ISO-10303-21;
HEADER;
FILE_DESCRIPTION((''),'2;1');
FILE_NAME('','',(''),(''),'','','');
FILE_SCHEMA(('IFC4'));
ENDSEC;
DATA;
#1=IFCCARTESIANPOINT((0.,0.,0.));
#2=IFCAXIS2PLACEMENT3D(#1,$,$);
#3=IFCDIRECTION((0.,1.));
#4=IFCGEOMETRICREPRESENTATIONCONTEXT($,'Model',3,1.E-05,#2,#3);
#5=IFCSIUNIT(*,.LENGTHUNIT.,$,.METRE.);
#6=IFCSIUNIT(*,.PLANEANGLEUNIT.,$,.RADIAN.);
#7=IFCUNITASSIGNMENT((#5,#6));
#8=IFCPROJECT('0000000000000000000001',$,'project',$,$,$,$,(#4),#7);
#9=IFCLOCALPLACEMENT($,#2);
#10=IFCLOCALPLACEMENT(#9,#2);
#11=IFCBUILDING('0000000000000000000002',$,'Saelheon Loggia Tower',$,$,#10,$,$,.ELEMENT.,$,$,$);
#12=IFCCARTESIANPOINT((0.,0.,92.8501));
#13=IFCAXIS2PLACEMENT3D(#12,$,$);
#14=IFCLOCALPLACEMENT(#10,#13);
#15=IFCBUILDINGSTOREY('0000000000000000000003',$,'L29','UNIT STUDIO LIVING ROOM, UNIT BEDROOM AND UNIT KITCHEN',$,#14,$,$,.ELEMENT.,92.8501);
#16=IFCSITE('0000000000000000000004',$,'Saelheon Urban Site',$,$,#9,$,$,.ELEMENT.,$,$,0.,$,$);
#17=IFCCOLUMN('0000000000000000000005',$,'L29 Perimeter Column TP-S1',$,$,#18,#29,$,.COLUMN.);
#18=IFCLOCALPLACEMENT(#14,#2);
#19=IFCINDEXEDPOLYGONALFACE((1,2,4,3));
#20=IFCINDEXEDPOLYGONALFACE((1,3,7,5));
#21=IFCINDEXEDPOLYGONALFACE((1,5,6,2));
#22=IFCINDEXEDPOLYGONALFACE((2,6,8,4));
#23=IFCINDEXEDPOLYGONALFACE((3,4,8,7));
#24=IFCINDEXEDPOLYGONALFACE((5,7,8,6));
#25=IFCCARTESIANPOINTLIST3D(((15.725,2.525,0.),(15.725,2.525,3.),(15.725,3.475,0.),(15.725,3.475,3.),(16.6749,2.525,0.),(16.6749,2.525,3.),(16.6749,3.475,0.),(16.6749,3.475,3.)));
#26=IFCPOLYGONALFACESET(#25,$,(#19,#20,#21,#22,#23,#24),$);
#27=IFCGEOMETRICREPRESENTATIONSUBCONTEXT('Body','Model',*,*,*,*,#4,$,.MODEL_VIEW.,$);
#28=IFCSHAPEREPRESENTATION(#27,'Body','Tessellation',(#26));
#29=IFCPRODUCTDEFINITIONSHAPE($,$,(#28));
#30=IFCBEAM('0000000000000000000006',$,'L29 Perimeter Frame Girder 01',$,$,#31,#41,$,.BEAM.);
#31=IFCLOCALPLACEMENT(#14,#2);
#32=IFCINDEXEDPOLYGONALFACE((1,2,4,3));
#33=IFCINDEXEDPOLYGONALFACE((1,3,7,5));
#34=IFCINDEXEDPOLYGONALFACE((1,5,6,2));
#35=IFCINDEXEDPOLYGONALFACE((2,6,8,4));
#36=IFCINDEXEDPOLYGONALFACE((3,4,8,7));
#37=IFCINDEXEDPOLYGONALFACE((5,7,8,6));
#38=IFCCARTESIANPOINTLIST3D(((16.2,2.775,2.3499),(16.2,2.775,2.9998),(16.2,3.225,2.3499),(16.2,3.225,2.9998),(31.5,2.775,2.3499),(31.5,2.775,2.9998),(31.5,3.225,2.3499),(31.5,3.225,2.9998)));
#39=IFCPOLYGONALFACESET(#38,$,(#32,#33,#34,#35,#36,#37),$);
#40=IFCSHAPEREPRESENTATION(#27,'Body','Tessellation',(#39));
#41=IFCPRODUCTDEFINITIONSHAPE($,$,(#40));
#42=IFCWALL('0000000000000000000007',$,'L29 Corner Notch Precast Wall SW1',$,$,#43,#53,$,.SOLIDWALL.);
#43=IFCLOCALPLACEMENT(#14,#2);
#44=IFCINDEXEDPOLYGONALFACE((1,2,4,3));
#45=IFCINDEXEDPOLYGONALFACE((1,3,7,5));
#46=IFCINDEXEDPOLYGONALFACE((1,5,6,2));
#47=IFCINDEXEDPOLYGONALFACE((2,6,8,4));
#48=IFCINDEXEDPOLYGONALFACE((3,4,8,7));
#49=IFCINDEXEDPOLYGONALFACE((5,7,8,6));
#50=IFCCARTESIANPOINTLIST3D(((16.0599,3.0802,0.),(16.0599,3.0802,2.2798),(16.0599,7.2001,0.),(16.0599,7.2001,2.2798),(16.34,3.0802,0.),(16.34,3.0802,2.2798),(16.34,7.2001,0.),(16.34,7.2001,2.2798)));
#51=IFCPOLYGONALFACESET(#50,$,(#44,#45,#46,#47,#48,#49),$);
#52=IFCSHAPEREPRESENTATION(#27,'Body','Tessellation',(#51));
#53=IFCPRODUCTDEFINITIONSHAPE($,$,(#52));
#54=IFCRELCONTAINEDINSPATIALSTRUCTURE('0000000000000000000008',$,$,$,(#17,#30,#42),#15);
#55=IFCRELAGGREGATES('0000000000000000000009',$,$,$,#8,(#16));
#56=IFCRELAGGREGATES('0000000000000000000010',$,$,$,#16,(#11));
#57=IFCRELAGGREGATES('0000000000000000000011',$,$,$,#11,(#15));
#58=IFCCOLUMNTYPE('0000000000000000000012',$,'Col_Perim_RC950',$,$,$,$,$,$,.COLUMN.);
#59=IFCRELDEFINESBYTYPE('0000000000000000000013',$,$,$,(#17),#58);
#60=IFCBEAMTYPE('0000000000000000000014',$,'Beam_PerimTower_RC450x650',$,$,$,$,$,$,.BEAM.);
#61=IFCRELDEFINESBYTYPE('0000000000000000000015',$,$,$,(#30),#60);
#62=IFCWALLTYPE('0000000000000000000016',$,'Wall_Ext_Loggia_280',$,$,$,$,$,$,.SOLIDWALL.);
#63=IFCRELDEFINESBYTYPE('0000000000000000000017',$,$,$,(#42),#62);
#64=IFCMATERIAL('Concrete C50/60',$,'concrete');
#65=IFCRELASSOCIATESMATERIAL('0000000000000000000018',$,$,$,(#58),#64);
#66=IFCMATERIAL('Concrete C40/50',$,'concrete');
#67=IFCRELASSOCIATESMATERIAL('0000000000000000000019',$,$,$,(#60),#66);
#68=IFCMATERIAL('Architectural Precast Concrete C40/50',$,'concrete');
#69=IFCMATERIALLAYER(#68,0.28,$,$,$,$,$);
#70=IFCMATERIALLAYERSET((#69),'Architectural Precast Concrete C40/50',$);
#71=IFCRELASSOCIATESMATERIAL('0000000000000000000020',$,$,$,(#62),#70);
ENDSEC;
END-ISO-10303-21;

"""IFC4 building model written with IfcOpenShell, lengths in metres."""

from ifc_helpers import new_model, si_unit, direction, frame, frame_2d, origin, origin_2d, place, context, subcontext, project, spatial, rectangle, extrude, source, transform, mapped, material, layer, layer_set, material_profile, profile_set, type_object, element, save


model = new_model("IFC4")

# Units and contexts
model_context = context("Model", 3, precision=1e-05, world=origin(), true_north=direction((0.0, 1.0)))
body_context = subcontext(model_context, "Body", "Model", "MODEL_VIEW")
ifc_project = project(units=[si_unit("LENGTHUNIT", "METRE"), si_unit("PLANEANGLEUNIT", "RADIAN")], contexts=[model_context])

# Site, building, storey
site_placement = place(None, origin())
site = spatial("IfcSite", under=ifc_project, at=site_placement, Name="Saelheon Urban Site", CompositionType="ELEMENT", RefElevation=0.0)
building_placement = place(site_placement, origin())
building = spatial("IfcBuilding", under=site, at=building_placement, Name="Saelheon Loggia Tower", CompositionType="ELEMENT")
storey_placement = place(building_placement, frame((0.0, 0.0, 92.8501)))
storey = spatial("IfcBuildingStorey", under=building, at=storey_placement, Name="L29", Description="UNIT STUDIO LIVING ROOM, UNIT BEDROOM AND UNIT KITCHEN", CompositionType="ELEMENT", Elevation=92.8501)

# Column
ifc_material_1 = material(Name="Concrete C50/60", Category="concrete")
ifc_material_profile_1 = material_profile(ifc_material_1, rectangle(XDim=0.95, YDim=0.95, at=origin_2d()), Name="RC-950x950")
ifc_profile_set_1 = profile_set([ifc_material_profile_1], Name="Concrete C50/60")
column_type = type_object("IfcColumnType", Name="Col_Perim_RC950", PredefinedType="COLUMN", material=ifc_profile_set_1)
shared_shape_1 = source(origin(), body_context, "Body", "SweptSolid", [
    extrude(rectangle(XDim=0.95, YDim=0.95, at=origin_2d()), origin(), (0.0, 0.0, 1.0), 3.0),
])
column_placement = place(storey_placement, frame((16.2, 3.0, 0.0), z_axis=(0.0, 0.0, 1.0), x_axis=(1.0, 0.0, 0.0)))
element("IfcColumn", 1, at=column_placement, inside=storey, type_object=column_type, Name="L29 Perimeter Column TP-S1", PredefinedType="COLUMN", context=body_context, shape_type="MappedRepresentation", body=[
    mapped(shared_shape_1, transform((0.0, 0.0, 0.0), scale=1.0)),
])

# Beam
ifc_material_2 = material(Name="Concrete C40/50", Category="concrete")
ifc_material_profile_2 = material_profile(ifc_material_2, rectangle(XDim=0.45, YDim=0.6499, at=origin_2d()), Name="RC-450x650")
ifc_profile_set_2 = profile_set([ifc_material_profile_2], Name="Concrete C40/50")
beam_type = type_object("IfcBeamType", Name="Beam_PerimTower_RC450x650", PredefinedType="BEAM", material=ifc_profile_set_2)
shared_shape_2 = source(origin(), body_context, "Body", "SweptSolid", [
    extrude(rectangle(XDim=0.45, YDim=0.6499, at=origin_2d()), origin(), (0.0, 0.0, 1.0), 15.3),
])
beam_placement = place(storey_placement, frame((16.2, 3.0, 2.6748), z_axis=(1.0, 0.0, 0.0), x_axis=(0.0, 1.0, 0.0)))
element("IfcBeam", 2, at=beam_placement, inside=storey, type_object=beam_type, Name="L29 Perimeter Frame Girder 01", PredefinedType="BEAM", context=body_context, shape_type="MappedRepresentation", body=[
    mapped(shared_shape_2, transform((0.0, 0.0, 0.0), scale=1.0)),
])

# Shared definitions
ifc_material_3 = material(Name="Architectural Precast Concrete C40/50", Category="concrete")
ifc_layer = layer(ifc_material_3, 0.28)
ifc_layer_set = layer_set([ifc_layer], Name="Architectural Precast Concrete C40/50")
wall_type = type_object("IfcWallType", Name="Wall_Ext_Loggia_280", PredefinedType="SOLIDWALL", material=ifc_layer_set)

# Wall
wall_1_placement = place(storey_placement, frame((16.2, 3.0801, 0.0), z_axis=(0.0, 0.0, 1.0), x_axis=(0.0, 1.0, 0.0)))
element("IfcWall", 3, at=wall_1_placement, inside=storey, type_object=wall_type, Name="L29 Corner Notch Precast Wall SW1", PredefinedType="SOLIDWALL", context=body_context, shape_type="SweptSolid", body=[
    extrude(rectangle(XDim=4.1199, YDim=0.28, at=frame_2d((2.0601, 0.0))), origin(), (0.0, 0.0, 1.0), 2.2798),
])

save(model, "model.ifc")
